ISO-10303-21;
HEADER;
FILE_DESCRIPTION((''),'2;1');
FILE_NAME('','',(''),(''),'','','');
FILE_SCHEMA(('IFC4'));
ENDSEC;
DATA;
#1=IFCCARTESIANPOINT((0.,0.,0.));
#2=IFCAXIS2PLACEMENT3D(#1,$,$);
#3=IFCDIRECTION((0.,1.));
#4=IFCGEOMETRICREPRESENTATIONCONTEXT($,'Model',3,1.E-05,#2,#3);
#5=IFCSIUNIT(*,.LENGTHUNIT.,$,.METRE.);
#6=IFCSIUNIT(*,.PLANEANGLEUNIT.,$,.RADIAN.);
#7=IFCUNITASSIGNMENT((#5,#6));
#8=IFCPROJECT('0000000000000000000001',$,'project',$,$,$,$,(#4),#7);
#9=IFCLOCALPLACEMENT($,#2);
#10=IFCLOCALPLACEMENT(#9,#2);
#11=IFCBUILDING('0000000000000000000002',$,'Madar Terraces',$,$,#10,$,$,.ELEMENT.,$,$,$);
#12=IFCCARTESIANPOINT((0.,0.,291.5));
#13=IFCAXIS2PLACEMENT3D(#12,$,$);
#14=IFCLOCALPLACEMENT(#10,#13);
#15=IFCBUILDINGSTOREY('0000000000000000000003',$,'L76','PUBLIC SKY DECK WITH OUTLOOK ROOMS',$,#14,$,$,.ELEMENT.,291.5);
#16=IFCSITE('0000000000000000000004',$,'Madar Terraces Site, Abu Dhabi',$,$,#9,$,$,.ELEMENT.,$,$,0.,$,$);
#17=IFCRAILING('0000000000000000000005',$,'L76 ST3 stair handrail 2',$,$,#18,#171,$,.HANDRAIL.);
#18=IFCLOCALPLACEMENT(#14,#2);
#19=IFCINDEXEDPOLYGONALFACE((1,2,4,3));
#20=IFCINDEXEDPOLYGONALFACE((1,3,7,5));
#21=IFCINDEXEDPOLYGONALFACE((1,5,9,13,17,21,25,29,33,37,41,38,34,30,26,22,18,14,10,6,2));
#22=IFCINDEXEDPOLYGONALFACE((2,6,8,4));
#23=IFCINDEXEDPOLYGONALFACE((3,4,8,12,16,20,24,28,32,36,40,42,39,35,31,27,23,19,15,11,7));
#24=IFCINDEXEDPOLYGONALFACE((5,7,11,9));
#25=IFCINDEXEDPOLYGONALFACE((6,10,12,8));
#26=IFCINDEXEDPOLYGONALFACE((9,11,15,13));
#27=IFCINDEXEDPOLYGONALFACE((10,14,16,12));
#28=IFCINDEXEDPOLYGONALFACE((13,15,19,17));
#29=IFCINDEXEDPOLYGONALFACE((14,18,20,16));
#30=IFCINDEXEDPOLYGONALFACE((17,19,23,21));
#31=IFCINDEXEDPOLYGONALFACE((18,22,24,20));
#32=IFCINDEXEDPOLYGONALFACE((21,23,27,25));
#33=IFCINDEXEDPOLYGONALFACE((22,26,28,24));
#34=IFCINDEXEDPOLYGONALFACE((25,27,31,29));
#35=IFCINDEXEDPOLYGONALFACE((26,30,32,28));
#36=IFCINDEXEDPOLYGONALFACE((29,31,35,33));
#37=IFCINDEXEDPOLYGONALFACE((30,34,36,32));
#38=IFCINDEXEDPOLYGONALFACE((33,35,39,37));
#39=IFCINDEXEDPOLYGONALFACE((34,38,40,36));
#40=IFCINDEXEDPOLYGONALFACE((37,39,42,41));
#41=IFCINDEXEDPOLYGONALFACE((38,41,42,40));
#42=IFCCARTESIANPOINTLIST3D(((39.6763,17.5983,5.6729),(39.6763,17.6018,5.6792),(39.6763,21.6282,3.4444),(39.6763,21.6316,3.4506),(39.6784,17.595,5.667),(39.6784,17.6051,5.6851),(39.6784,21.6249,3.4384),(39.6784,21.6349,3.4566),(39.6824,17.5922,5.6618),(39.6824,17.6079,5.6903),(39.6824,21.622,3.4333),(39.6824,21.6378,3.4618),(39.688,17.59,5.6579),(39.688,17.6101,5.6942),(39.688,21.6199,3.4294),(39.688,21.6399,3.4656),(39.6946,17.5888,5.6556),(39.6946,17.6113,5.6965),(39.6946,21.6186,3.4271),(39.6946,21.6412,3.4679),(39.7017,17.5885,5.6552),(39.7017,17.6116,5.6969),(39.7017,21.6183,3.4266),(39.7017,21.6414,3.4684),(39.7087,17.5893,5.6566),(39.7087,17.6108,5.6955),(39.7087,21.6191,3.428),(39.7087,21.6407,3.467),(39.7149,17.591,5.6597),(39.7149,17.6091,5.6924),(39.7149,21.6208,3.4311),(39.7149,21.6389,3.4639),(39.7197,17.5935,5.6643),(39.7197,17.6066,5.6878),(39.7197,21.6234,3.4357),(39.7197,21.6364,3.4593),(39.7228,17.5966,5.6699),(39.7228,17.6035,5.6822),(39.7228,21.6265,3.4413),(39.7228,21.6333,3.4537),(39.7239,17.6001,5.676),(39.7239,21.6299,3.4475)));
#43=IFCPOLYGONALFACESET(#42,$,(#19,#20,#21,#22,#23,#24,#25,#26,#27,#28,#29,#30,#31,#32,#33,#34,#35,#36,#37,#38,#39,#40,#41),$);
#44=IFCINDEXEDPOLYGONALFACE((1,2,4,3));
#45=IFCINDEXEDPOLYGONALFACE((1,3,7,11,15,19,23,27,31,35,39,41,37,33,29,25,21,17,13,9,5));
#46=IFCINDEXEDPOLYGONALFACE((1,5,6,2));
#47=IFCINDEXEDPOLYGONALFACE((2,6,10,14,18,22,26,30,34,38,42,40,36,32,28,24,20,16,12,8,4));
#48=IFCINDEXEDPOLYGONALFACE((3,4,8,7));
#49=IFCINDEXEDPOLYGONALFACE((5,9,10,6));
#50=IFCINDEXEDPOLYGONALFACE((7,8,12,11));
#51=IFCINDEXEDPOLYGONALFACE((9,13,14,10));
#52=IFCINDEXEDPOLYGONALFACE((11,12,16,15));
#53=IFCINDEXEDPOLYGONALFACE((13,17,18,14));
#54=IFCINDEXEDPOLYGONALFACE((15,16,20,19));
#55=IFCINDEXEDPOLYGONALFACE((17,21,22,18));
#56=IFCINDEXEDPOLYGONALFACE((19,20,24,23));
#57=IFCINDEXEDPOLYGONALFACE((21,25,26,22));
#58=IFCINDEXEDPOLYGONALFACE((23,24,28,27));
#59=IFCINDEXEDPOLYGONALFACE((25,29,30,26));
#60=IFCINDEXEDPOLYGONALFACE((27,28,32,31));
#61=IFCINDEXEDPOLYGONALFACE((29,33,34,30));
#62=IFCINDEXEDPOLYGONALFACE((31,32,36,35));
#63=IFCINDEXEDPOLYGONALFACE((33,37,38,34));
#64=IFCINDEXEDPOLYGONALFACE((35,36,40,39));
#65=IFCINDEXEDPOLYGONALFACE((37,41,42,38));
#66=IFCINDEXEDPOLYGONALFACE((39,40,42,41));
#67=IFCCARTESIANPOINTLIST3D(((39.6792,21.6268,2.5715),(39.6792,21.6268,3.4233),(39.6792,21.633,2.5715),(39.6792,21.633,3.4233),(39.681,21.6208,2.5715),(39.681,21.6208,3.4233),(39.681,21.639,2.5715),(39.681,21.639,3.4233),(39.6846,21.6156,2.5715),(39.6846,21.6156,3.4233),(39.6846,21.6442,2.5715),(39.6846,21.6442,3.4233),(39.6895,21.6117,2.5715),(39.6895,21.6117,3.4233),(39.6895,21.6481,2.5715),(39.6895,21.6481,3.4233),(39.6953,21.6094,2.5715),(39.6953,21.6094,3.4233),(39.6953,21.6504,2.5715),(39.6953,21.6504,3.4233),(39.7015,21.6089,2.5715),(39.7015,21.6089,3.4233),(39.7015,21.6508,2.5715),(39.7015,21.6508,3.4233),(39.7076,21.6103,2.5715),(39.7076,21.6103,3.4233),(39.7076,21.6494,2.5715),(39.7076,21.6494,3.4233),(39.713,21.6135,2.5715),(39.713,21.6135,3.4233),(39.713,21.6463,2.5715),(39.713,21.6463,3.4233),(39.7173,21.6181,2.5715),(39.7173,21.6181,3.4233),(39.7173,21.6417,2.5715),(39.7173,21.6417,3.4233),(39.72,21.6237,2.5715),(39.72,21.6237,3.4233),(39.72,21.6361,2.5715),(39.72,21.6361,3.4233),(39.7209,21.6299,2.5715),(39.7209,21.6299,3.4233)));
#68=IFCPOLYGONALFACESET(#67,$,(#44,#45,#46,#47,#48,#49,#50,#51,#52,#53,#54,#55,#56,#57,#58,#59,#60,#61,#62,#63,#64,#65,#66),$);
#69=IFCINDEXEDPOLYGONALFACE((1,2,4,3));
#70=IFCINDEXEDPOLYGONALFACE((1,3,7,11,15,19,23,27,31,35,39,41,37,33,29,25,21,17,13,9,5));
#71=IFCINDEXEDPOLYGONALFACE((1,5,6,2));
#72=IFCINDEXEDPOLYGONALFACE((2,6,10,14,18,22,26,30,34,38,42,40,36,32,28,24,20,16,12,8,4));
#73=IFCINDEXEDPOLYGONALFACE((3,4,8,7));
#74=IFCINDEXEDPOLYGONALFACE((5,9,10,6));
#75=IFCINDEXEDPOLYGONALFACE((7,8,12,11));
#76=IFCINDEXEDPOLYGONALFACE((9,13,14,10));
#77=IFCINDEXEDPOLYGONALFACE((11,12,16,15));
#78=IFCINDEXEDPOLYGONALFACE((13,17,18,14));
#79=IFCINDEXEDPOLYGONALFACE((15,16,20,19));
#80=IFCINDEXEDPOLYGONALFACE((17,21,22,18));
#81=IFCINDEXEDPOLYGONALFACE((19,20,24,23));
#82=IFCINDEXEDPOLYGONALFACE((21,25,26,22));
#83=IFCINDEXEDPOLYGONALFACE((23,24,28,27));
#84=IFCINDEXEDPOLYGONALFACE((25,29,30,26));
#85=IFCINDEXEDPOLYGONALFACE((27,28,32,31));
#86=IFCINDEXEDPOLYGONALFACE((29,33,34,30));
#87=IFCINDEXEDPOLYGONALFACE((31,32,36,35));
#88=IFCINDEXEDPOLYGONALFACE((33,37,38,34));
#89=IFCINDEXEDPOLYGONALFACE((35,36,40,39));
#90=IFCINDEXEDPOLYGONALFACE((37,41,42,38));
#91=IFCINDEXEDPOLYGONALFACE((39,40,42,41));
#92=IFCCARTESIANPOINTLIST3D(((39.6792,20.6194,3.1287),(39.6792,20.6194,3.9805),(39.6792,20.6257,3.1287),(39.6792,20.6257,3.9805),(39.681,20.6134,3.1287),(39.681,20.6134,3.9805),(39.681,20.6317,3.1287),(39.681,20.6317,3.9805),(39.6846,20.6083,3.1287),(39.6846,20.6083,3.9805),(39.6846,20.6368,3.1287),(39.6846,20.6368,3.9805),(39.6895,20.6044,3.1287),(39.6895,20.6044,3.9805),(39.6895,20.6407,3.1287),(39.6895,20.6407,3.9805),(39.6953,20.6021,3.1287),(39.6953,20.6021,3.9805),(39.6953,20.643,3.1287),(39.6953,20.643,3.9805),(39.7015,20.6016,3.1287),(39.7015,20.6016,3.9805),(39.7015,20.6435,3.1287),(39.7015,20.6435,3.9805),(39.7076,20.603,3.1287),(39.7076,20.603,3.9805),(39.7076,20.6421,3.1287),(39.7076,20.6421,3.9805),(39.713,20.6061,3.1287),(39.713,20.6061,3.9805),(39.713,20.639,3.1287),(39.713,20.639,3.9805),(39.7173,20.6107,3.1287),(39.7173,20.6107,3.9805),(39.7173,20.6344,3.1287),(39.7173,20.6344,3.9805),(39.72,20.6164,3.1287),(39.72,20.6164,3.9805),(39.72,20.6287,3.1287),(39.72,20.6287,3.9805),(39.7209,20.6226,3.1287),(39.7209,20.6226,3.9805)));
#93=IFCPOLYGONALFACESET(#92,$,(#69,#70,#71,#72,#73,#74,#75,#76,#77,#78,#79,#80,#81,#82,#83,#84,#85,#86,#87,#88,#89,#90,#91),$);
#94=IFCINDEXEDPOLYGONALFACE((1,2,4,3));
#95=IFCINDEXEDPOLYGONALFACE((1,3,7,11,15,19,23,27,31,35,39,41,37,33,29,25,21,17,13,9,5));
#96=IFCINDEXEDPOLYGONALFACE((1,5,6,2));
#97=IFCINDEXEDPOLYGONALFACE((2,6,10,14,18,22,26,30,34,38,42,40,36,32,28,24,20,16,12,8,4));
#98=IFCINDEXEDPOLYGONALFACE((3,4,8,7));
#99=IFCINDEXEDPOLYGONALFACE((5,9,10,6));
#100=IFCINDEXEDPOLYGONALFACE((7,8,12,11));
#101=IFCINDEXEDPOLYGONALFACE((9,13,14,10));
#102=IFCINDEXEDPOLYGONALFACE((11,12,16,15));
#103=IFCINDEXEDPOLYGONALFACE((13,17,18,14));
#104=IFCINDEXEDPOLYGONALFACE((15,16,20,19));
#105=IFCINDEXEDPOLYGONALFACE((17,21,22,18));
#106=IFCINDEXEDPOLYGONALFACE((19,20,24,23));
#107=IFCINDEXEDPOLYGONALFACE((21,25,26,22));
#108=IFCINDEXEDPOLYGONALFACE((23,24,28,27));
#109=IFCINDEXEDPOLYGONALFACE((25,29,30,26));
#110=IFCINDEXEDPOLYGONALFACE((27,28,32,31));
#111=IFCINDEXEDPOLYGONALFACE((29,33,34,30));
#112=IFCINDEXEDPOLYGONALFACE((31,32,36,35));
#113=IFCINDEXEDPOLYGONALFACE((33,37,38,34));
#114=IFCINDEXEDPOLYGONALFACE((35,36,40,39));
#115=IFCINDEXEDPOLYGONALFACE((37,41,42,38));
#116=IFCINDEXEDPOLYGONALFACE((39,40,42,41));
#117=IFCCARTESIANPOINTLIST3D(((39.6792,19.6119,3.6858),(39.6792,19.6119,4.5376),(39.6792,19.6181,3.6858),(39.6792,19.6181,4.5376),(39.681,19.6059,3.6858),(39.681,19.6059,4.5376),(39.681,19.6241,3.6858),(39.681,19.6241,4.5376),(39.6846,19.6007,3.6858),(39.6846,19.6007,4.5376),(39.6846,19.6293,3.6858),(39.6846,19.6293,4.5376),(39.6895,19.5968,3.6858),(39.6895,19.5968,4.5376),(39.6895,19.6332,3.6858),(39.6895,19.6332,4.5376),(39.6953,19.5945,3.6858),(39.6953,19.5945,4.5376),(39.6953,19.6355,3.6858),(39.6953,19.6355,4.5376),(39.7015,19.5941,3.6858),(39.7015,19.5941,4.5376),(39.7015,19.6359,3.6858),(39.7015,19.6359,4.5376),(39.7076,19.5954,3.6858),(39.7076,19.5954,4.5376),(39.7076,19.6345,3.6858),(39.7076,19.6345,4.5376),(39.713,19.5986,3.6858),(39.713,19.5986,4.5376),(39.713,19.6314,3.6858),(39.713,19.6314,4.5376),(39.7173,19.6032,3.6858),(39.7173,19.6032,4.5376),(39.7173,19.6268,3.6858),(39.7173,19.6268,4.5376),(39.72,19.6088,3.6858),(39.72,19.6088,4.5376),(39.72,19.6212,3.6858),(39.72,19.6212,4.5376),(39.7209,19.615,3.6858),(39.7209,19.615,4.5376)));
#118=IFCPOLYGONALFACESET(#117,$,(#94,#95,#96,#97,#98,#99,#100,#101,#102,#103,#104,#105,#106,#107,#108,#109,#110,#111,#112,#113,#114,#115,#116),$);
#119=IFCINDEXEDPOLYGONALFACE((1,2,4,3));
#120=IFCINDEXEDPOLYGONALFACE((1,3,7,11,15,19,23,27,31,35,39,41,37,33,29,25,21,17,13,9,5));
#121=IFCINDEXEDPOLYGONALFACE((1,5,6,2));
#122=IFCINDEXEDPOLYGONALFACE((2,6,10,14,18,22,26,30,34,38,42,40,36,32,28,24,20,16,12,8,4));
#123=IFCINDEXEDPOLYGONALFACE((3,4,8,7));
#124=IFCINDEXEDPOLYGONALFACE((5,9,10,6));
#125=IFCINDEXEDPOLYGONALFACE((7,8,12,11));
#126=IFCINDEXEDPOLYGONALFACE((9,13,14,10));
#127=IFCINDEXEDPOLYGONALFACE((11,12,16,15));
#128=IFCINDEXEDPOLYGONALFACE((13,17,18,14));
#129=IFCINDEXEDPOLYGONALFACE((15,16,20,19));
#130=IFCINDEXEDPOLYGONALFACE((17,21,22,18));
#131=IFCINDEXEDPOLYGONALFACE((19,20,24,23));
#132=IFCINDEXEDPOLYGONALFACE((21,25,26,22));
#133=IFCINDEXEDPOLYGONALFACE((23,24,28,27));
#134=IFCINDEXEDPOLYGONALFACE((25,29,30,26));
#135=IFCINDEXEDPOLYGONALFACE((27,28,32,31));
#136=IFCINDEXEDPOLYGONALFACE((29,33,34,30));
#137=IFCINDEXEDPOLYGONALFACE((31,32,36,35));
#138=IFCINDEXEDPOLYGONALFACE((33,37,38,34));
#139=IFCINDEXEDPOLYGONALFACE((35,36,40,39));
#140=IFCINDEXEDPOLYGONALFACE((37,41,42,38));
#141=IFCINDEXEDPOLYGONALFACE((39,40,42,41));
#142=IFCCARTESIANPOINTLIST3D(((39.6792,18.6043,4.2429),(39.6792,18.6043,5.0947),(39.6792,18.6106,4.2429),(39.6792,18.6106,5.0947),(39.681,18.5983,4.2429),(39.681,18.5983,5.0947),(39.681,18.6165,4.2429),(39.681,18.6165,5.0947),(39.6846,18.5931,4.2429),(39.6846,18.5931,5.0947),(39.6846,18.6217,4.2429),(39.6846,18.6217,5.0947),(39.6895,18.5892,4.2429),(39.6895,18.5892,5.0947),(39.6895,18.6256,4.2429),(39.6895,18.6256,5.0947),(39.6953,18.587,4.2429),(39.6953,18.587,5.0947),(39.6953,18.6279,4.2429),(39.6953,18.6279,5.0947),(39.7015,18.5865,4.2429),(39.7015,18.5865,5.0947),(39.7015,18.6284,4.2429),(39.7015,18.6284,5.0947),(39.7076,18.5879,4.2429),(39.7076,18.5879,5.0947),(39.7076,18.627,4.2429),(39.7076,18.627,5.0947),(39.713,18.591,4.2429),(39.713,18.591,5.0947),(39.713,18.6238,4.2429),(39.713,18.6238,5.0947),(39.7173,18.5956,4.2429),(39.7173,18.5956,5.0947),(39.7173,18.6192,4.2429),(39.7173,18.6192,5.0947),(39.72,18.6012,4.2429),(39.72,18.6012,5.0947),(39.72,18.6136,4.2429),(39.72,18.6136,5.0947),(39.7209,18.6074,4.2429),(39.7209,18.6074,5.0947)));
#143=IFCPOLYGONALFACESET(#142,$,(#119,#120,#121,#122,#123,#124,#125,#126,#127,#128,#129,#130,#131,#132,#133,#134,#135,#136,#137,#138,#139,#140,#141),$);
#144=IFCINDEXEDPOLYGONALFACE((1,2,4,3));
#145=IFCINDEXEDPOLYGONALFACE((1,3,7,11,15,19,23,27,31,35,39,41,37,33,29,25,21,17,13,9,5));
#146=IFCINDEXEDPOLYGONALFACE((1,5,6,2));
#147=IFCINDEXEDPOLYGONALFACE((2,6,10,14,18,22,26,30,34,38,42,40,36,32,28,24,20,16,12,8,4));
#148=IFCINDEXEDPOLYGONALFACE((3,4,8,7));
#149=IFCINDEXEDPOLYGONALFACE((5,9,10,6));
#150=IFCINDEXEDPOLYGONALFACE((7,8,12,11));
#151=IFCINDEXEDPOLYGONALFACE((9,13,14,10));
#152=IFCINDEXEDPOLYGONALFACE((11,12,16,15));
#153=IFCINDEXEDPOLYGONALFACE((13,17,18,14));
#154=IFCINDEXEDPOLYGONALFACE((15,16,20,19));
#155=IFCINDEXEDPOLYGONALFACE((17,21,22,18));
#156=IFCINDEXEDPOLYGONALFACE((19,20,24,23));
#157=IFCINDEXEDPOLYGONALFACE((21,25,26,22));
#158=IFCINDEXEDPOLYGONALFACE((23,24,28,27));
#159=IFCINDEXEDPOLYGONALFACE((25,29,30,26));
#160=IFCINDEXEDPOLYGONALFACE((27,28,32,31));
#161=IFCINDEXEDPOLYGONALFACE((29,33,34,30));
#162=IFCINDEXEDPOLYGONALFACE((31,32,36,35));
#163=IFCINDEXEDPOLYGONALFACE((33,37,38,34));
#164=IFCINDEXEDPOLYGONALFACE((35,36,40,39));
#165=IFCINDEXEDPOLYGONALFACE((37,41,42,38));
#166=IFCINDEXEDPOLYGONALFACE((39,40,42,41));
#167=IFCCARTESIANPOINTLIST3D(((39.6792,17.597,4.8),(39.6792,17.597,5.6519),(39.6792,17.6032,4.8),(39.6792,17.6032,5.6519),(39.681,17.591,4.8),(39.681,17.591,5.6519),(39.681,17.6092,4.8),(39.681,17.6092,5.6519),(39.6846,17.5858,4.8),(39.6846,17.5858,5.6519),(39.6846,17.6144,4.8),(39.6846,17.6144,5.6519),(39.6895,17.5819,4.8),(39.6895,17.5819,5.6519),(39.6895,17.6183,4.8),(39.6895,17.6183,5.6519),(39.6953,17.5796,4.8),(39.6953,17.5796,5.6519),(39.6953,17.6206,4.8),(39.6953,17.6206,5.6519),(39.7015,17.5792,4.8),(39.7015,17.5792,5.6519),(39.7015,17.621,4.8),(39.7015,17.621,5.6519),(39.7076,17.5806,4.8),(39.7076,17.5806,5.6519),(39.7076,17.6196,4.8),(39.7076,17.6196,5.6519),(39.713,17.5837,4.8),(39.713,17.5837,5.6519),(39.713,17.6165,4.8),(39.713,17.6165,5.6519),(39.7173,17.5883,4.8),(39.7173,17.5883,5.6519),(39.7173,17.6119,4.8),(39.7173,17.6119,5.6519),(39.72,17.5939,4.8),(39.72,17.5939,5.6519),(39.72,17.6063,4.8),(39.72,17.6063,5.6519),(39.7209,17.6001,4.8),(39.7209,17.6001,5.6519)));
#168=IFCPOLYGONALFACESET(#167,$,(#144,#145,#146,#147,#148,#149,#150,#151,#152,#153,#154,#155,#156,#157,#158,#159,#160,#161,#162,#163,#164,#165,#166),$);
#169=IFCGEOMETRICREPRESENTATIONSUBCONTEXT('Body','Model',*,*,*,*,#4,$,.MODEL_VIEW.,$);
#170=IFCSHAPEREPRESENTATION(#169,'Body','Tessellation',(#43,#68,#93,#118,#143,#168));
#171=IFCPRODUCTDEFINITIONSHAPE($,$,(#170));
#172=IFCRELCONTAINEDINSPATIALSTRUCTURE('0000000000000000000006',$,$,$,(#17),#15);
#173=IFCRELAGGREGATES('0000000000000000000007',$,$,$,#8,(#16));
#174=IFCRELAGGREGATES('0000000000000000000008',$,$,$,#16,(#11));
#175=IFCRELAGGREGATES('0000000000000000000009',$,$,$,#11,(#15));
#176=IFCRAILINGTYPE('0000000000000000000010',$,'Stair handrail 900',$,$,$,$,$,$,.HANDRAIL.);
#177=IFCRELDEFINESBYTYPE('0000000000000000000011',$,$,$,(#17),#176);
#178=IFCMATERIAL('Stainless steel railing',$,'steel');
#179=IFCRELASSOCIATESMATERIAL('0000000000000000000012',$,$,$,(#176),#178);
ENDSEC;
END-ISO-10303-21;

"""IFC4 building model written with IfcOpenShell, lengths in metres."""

from ifc_helpers import new_model, si_unit, direction, frame, origin, origin_2d, place, context, subcontext, project, spatial, circle, extrude, material, type_object, element, save


model = new_model("IFC4")

# Units and contexts
model_context = context("Model", 3, precision=1e-05, world=origin(), true_north=direction((0.0, 1.0)))
body_context = subcontext(model_context, "Body", "Model", "MODEL_VIEW")
ifc_project = project(units=[si_unit("LENGTHUNIT", "METRE"), si_unit("PLANEANGLEUNIT", "RADIAN")], contexts=[model_context])

# Site, building, storey
site_placement = place(None, origin())
site = spatial("IfcSite", under=ifc_project, at=site_placement, Name="Madar Terraces Site, Abu Dhabi", CompositionType="ELEMENT", RefElevation=0.0)
building_placement = place(site_placement, origin())
building = spatial("IfcBuilding", under=site, at=building_placement, Name="Madar Terraces", CompositionType="ELEMENT")
storey_placement = place(building_placement, frame((0.0, 0.0, 291.5)))
storey = spatial("IfcBuildingStorey", under=building, at=storey_placement, Name="L76", Description="PUBLIC SKY DECK WITH OUTLOOK ROOMS", CompositionType="ELEMENT", Elevation=291.5)

# Railing
ifc_material_1 = material(Name="Stainless steel railing", Category="steel")
railing_type_1 = type_object("IfcRailingType", Name="Stair handrail 900", PredefinedType="HANDRAIL", material=ifc_material_1)
railing_1_placement = place(storey_placement, frame((39.7, 21.6299, 2.5715)))
element("IfcRailing", 1, at=railing_1_placement, inside=storey, type_object=railing_type_1, Name="L76 ST3 stair handrail 2", PredefinedType="HANDRAIL", context=body_context, shape_type="SweptSolid", body=[
    extrude(circle(Radius=0.0239, at=origin_2d()), frame((0.0, 0.0, 0.876), z_axis=(0.0, -0.875101, 0.48394), x_axis=(1.0, 0.0, 0.0)), (0.0, 0.0, 1.0), 4.605),
    extrude(circle(Radius=0.021, at=origin_2d()), origin(), (0.0, 0.0, 1.0), 0.8518),
    extrude(circle(Radius=0.021, at=origin_2d()), frame((0.0, -1.0073, 0.5571)), (0.0, 0.0, 1.0), 0.8518),
    extrude(circle(Radius=0.021, at=origin_2d()), frame((0.0, -2.0149, 1.1143)), (0.0, 0.0, 1.0), 0.8518),
    extrude(circle(Radius=0.021, at=origin_2d()), frame((0.0, -3.0225, 1.6714)), (0.0, 0.0, 1.0), 0.8518),
    extrude(circle(Radius=0.021, at=origin_2d()), frame((0.0, -4.0298, 2.2285)), (0.0, 0.0, 1.0), 0.8518),
])

save(model, "model.ifc")
